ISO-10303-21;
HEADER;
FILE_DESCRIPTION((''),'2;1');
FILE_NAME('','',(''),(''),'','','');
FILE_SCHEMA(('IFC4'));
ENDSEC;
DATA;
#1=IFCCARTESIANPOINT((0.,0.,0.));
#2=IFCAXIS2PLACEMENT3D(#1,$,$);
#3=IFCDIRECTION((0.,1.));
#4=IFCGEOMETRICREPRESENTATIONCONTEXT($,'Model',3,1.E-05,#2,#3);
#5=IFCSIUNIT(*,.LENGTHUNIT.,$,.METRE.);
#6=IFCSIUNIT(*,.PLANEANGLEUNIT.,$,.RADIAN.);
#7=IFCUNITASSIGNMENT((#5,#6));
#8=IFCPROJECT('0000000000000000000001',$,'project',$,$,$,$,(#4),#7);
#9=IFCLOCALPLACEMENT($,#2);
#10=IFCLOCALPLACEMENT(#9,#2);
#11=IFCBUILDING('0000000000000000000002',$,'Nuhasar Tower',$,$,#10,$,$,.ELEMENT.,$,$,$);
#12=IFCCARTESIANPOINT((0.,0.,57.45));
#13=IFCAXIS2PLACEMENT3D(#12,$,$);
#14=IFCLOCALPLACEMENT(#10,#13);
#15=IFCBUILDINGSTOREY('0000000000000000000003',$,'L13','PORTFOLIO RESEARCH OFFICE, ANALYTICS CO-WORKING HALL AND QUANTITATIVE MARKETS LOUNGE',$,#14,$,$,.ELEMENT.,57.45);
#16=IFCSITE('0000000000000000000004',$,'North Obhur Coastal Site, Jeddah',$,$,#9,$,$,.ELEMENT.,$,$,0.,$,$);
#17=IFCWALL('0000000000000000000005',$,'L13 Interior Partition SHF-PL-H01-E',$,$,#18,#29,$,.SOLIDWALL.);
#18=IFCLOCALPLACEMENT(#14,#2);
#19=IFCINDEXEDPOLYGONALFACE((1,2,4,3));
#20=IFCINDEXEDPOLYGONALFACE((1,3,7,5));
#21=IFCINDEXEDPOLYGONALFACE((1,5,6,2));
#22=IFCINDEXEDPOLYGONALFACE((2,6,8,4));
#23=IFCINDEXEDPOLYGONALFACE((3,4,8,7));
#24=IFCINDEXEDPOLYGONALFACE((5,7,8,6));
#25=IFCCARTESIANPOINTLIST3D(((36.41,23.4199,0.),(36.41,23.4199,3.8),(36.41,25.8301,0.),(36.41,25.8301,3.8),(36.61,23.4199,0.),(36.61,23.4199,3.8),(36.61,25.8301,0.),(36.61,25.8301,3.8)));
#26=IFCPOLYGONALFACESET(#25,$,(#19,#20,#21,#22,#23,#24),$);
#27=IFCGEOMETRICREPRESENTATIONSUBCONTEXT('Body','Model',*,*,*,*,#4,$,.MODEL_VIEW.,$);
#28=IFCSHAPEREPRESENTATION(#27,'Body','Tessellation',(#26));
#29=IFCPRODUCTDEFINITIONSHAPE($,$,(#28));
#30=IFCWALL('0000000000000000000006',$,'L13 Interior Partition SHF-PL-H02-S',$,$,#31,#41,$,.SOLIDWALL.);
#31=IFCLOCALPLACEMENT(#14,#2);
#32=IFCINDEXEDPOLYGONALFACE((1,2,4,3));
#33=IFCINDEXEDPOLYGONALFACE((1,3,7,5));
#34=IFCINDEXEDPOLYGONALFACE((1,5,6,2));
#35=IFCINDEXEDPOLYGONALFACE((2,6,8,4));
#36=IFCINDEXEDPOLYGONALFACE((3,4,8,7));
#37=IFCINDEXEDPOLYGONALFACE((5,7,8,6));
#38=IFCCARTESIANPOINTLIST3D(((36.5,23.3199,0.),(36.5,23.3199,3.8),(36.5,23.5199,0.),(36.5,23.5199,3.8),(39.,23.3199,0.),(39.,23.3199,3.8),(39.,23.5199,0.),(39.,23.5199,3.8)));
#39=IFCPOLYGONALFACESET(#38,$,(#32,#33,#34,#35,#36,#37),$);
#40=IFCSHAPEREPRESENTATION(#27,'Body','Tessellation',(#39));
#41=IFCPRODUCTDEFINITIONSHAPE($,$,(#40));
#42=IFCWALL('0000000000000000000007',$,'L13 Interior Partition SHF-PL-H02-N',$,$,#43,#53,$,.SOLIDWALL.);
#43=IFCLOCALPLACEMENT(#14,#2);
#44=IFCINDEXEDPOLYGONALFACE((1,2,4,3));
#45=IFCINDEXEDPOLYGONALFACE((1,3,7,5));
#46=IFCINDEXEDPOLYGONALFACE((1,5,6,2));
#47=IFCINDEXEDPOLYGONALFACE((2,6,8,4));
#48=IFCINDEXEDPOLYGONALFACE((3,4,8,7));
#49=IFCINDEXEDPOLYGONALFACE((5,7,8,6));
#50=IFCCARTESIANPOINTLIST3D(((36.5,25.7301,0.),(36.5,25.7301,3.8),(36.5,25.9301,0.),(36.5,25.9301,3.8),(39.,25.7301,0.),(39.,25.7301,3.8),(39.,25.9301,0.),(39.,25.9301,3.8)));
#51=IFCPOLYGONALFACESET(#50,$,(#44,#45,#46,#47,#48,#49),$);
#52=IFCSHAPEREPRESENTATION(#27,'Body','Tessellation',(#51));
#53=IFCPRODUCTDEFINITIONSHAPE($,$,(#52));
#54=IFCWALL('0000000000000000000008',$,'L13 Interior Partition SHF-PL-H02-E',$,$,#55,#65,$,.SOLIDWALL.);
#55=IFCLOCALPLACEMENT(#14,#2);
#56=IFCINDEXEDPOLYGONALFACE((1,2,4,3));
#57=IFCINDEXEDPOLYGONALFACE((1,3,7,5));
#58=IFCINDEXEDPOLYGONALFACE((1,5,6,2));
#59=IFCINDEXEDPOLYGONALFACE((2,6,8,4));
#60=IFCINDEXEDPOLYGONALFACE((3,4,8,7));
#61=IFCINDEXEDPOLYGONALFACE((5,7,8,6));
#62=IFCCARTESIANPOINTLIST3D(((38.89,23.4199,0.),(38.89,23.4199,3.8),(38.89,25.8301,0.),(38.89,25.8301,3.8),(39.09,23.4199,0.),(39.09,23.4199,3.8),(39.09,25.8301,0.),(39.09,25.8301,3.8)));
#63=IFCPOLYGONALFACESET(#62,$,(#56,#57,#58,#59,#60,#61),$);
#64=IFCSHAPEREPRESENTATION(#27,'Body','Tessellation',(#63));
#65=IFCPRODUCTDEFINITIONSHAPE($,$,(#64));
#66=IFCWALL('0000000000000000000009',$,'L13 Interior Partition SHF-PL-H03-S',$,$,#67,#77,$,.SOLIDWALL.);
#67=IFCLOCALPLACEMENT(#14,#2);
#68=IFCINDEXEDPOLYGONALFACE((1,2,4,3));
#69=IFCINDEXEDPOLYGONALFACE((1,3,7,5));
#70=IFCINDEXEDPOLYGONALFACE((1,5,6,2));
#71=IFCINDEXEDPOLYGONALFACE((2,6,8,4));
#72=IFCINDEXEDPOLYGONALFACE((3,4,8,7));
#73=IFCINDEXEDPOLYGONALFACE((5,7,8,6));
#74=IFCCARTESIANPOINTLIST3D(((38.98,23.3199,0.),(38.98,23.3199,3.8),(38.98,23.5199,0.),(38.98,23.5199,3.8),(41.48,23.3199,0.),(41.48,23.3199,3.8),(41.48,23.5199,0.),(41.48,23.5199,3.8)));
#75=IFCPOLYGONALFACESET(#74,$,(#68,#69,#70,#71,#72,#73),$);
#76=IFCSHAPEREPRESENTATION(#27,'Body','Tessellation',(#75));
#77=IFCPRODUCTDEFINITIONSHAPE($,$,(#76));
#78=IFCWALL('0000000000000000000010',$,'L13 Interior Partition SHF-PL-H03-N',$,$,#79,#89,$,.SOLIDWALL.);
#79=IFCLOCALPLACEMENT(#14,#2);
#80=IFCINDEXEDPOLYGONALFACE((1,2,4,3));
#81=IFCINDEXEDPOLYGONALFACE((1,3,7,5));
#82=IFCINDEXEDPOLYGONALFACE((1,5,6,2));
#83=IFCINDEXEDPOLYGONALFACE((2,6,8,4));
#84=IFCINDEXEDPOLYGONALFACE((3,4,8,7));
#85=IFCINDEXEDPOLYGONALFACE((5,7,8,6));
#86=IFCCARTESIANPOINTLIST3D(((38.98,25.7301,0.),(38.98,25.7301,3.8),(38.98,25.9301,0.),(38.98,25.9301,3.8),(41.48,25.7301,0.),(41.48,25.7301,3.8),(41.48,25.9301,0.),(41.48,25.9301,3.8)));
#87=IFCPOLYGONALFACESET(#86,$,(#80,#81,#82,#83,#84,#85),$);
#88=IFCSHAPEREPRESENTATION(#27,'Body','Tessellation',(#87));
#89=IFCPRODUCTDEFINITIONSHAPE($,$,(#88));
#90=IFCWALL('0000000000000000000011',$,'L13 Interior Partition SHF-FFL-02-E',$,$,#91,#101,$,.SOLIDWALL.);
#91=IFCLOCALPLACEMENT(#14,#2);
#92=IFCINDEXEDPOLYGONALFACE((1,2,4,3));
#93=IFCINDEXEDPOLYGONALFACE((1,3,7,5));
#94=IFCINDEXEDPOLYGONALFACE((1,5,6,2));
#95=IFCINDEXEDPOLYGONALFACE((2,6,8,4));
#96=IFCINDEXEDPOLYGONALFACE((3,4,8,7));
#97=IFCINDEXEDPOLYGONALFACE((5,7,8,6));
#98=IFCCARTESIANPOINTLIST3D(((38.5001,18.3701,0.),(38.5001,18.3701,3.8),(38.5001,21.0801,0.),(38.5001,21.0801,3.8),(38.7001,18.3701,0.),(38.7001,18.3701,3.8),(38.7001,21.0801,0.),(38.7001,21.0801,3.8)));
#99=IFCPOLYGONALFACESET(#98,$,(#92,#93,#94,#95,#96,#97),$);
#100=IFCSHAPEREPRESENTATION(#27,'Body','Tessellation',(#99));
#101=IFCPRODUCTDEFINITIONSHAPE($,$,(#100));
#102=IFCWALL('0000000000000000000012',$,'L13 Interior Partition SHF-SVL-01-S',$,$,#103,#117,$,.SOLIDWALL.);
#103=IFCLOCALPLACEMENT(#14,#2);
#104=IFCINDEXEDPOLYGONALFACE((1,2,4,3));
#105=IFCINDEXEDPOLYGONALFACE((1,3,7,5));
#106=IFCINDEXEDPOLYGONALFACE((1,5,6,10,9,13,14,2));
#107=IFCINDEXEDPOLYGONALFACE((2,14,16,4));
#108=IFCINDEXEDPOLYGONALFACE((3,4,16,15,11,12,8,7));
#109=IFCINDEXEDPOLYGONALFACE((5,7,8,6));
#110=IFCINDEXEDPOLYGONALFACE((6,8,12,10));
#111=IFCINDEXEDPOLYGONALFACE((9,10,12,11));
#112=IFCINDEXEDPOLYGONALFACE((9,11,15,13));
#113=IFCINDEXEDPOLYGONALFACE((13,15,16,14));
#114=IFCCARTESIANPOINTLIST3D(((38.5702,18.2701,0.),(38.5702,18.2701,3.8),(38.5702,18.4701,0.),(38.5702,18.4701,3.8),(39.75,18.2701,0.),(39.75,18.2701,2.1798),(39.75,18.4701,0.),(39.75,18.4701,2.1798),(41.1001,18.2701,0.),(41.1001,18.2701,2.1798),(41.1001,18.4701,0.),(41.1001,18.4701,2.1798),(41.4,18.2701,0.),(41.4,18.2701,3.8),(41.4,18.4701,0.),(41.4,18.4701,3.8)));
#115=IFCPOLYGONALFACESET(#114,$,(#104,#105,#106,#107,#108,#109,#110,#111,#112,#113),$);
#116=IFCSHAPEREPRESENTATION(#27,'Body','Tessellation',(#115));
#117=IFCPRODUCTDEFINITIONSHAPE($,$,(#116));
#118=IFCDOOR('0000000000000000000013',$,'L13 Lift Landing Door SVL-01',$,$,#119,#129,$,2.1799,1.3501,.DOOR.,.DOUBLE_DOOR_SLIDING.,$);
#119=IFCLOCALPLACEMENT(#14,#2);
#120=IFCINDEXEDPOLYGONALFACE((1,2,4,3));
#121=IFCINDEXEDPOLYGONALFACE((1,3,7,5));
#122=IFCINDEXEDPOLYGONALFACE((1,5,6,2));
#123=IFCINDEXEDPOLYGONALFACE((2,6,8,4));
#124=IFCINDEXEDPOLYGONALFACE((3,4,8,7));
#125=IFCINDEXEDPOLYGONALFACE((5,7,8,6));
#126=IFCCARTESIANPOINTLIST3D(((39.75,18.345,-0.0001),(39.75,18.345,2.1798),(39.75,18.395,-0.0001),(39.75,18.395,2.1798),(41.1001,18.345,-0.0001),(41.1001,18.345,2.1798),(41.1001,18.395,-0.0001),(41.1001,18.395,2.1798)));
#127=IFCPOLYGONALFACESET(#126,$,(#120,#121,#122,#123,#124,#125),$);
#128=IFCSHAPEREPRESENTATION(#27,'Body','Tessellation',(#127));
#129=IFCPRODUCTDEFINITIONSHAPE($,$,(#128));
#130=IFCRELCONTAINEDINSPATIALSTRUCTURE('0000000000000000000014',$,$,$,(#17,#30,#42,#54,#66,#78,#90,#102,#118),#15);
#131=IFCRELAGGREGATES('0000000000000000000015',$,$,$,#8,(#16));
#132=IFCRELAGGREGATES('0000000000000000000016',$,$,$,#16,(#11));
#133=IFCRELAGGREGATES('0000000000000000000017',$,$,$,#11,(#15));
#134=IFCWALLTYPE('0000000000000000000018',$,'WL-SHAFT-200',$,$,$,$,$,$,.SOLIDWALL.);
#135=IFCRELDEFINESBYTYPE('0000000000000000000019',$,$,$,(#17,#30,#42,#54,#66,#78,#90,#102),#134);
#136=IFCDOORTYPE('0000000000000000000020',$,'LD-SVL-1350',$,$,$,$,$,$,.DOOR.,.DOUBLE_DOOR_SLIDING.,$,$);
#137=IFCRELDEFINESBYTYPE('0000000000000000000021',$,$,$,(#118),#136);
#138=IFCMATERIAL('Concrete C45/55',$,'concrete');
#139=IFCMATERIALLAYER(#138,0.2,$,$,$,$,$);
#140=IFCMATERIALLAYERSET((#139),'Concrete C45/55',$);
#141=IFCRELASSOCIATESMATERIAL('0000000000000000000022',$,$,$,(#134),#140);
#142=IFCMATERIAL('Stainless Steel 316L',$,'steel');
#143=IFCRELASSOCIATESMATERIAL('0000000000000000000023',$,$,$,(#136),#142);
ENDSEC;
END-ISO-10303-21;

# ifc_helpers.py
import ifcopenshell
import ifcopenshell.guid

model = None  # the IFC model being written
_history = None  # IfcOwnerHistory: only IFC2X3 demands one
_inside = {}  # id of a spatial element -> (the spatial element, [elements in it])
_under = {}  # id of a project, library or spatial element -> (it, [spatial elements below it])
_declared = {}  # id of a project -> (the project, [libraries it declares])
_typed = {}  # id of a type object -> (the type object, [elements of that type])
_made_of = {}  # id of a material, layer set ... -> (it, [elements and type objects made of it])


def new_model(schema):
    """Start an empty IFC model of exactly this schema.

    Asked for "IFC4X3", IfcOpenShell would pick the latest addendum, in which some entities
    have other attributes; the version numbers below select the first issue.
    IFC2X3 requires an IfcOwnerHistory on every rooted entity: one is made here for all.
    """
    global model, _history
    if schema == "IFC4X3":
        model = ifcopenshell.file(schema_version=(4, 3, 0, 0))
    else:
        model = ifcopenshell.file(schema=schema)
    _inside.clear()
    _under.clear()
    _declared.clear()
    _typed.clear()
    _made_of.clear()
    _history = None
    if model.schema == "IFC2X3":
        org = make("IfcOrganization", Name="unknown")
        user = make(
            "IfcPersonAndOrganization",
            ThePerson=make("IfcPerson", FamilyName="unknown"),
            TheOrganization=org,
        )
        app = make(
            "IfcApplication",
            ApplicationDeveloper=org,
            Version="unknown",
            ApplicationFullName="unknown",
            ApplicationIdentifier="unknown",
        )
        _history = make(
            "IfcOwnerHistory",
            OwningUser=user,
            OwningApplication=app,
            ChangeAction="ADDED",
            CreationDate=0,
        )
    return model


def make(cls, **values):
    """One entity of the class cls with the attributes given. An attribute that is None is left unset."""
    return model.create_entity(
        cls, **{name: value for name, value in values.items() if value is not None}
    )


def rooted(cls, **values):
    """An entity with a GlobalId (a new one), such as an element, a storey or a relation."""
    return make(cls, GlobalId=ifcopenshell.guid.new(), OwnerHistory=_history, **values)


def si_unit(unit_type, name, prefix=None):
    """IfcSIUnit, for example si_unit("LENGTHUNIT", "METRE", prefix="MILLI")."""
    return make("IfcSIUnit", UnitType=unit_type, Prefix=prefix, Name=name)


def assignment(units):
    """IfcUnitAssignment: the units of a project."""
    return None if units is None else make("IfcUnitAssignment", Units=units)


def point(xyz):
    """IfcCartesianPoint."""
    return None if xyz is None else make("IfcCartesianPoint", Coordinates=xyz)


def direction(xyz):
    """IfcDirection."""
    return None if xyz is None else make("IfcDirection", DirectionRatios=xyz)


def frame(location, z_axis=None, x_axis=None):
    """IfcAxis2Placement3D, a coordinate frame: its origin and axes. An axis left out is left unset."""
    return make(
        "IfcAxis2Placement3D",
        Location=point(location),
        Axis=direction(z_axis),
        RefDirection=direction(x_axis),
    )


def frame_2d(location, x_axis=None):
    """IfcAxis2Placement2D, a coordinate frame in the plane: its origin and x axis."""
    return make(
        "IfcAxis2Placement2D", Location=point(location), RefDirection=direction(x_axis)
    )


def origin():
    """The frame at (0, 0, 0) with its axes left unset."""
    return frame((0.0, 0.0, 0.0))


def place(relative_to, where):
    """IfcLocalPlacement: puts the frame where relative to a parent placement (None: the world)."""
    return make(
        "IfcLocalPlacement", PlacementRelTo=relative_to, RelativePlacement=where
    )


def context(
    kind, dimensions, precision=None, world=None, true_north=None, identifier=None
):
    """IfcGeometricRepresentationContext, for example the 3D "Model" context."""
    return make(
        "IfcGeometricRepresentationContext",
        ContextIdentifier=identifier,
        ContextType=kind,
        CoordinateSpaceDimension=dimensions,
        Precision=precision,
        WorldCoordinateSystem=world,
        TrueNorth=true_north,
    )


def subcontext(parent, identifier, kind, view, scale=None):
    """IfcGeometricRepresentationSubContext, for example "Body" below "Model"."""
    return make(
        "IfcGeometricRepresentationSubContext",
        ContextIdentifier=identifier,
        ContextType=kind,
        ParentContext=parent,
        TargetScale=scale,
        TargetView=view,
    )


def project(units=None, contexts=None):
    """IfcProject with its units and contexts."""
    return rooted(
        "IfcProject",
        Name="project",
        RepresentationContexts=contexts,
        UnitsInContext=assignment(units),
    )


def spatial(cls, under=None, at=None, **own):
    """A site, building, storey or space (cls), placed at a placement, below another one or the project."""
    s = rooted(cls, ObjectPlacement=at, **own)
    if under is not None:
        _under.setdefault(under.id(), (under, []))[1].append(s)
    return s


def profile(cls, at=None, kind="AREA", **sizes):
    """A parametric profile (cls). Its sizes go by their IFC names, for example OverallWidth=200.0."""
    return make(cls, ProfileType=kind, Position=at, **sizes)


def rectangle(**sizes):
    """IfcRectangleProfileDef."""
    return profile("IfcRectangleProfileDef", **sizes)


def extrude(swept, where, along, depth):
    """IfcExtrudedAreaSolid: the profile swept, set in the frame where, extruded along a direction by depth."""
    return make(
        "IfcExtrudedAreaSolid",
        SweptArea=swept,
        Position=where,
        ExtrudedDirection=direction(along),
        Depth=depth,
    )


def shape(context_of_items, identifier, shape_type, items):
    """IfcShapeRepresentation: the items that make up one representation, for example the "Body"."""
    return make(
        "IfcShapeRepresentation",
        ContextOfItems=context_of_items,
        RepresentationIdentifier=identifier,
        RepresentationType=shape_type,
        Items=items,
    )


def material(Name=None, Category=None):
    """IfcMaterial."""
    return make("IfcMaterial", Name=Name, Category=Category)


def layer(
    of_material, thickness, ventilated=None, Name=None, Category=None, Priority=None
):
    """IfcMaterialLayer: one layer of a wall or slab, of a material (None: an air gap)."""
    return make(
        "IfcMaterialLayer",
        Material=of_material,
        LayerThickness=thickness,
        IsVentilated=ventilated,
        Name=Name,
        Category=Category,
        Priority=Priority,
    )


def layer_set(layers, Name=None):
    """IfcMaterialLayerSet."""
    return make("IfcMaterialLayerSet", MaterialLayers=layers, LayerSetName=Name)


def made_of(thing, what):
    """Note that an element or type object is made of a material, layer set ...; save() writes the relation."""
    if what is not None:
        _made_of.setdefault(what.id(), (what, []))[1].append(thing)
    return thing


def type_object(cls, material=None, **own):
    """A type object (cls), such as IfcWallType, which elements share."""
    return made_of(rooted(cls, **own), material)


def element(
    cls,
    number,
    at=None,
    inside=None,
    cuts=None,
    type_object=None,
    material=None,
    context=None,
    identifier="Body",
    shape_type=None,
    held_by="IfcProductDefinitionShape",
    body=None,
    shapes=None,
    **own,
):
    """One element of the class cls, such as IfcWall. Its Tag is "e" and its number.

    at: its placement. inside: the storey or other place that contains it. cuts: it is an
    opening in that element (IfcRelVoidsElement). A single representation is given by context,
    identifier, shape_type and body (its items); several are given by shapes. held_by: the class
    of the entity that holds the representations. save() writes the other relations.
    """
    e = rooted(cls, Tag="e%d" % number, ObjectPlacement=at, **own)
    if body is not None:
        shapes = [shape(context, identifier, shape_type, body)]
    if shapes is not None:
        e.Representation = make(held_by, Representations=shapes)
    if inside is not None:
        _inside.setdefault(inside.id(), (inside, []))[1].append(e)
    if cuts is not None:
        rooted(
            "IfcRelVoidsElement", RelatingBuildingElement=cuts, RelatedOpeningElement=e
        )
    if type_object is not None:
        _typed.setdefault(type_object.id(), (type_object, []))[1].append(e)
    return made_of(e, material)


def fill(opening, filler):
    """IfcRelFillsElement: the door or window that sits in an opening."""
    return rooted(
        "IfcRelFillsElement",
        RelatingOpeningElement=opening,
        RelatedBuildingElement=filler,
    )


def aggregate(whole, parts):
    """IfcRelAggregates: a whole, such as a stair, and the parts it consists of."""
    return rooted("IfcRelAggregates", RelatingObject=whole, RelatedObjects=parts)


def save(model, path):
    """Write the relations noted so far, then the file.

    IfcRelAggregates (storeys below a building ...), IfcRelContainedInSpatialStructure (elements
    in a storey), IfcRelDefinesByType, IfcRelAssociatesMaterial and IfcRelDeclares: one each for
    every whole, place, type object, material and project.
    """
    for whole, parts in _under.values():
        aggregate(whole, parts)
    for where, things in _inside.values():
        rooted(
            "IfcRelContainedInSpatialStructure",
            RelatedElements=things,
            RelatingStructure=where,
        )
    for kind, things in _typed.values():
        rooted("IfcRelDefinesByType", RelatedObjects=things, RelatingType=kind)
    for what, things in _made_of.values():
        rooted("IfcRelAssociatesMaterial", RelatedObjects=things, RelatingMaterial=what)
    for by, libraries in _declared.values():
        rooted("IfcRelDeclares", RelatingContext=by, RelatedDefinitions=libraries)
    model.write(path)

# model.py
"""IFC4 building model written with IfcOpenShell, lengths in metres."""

from ifc_helpers import new_model, si_unit, direction, frame, frame_2d, origin, place, context, subcontext, project, spatial, rectangle, extrude, material, layer, layer_set, type_object, element, fill, save


model = new_model("IFC4")

# Units and contexts
model_context = context("Model", 3, precision=1e-05, world=origin(), true_north=direction((0.0, 1.0)))
body_context = subcontext(model_context, "Body", "Model", "MODEL_VIEW")
ifc_project = project(units=[si_unit("LENGTHUNIT", "METRE"), si_unit("PLANEANGLEUNIT", "RADIAN")], contexts=[model_context])

# Site, building, storey
site_placement = place(None, origin())
site = spatial("IfcSite", under=ifc_project, at=site_placement, Name="North Obhur Coastal Site, Jeddah", CompositionType="ELEMENT", RefElevation=0.0)
building_placement = place(site_placement, origin())
building = spatial("IfcBuilding", under=site, at=building_placement, Name="Nuhasar Tower", CompositionType="ELEMENT")
storey_placement = place(building_placement, frame((0.0, 0.0, 57.45)))
storey = spatial("IfcBuildingStorey", under=building, at=storey_placement, Name="L13", Description="PORTFOLIO RESEARCH OFFICE, ANALYTICS CO-WORKING HALL AND QUANTITATIVE MARKETS LOUNGE", CompositionType="ELEMENT", Elevation=57.45)

# Shared definitions
ifc_material_1 = material(Name="Concrete C45/55", Category="concrete")
ifc_layer_1 = layer(ifc_material_1, 0.2)
ifc_layer_set_1 = layer_set([ifc_layer_1], Name="Concrete C45/55")
wall_type_1 = type_object("IfcWallType", Name="WL-SHAFT-200", PredefinedType="SOLIDWALL", material=ifc_layer_set_1)
ifc_material_2 = material(Name="Stainless Steel 316L", Category="steel")

# Walls
for number, where, z_axis, x_axis, name in (
    (1, (36.51, 23.4199, 0.0), (0.0, 0.0, 1.0), (0.0, 1.0, 0.0), "L13 Interior Partition SHF-PL-H01-E"),
):
    element("IfcWall", number, at=place(storey_placement, frame(where, z_axis=z_axis, x_axis=x_axis)), inside=storey, type_object=wall_type_1, Name=name, PredefinedType="SOLIDWALL", context=body_context, shape_type="SweptSolid", body=[
        extrude(rectangle(XDim=2.4102, YDim=0.2, at=frame_2d((1.2051, 0.0))), origin(), (0.0, 0.0, 1.0), 3.8),
    ])
for number, where, z_axis, x_axis, name in (
    (2, (36.5, 23.4199, 0.0), (0.0, 0.0, 1.0), (1.0, 0.0, 0.0), "L13 Interior Partition SHF-PL-H02-S"),
    (3, (36.5, 25.8301, 0.0), (0.0, 0.0, 1.0), (1.0, 0.0, 0.0), "L13 Interior Partition SHF-PL-H02-N"),
):
    element("IfcWall", number, at=place(storey_placement, frame(where, z_axis=z_axis, x_axis=x_axis)), inside=storey, type_object=wall_type_1, Name=name, PredefinedType="SOLIDWALL", context=body_context, shape_type="SweptSolid", body=[
        extrude(rectangle(XDim=2.5, YDim=0.2, at=frame_2d((1.25, 0.0))), origin(), (0.0, 0.0, 1.0), 3.8),
    ])
wall_1_placement = place(storey_placement, frame((38.99, 23.4199, 0.0), z_axis=(0.0, 0.0, 1.0), x_axis=(0.0, 1.0, 0.0)))
element("IfcWall", 4, at=wall_1_placement, inside=storey, type_object=wall_type_1, Name="L13 Interior Partition SHF-PL-H02-E", PredefinedType="SOLIDWALL", context=body_context, shape_type="SweptSolid", body=[
    extrude(rectangle(XDim=2.4102, YDim=0.2, at=frame_2d((1.2051, 0.0))), origin(), (0.0, 0.0, 1.0), 3.8),
])
for number, where, z_axis, x_axis, name in (
    (5, (38.98, 23.4199, 0.0), (0.0, 0.0, 1.0), (1.0, 0.0, 0.0), "L13 Interior Partition SHF-PL-H03-S"),
    (6, (38.98, 25.8301, 0.0), (0.0, 0.0, 1.0), (1.0, 0.0, 0.0), "L13 Interior Partition SHF-PL-H03-N"),
):
    element("IfcWall", number, at=place(storey_placement, frame(where, z_axis=z_axis, x_axis=x_axis)), inside=storey, type_object=wall_type_1, Name=name, PredefinedType="SOLIDWALL", context=body_context, shape_type="SweptSolid", body=[
        extrude(rectangle(XDim=2.5, YDim=0.2, at=frame_2d((1.25, 0.0))), origin(), (0.0, 0.0, 1.0), 3.8),
    ])
wall_2_placement = place(storey_placement, frame((38.6001, 18.3701, 0.0), z_axis=(0.0, 0.0, 1.0), x_axis=(0.0, 1.0, 0.0)))
element("IfcWall", 7, at=wall_2_placement, inside=storey, type_object=wall_type_1, Name="L13 Interior Partition SHF-FFL-02-E", PredefinedType="SOLIDWALL", context=body_context, shape_type="SweptSolid", body=[
    extrude(rectangle(XDim=2.71, YDim=0.2, at=frame_2d((1.355, 0.0))), origin(), (0.0, 0.0, 1.0), 3.8),
])

# Wall, opening, door
wall_3_placement = place(storey_placement, frame((38.5701, 18.3701, 0.0), z_axis=(0.0, 0.0, 1.0), x_axis=(1.0, 0.0, 0.0)))
wall_3 = element("IfcWall", 8, at=wall_3_placement, inside=storey, type_object=wall_type_1, Name="L13 Interior Partition SHF-SVL-01-S", PredefinedType="SOLIDWALL", context=body_context, shape_type="SweptSolid", body=[
    extrude(rectangle(XDim=2.8298, YDim=0.2, at=frame_2d((1.415, 0.0))), origin(), (0.0, 0.0, 1.0), 3.8),
])
opening_1_placement = place(wall_3_placement, frame((1.1799, 0.0, 0.0)))
opening_1 = element("IfcOpeningElement", 9, at=opening_1_placement, cuts=wall_3, PredefinedType="OPENING", context=body_context, shape_type="SweptSolid", body=[
    extrude(rectangle(XDim=1.3501, YDim=2.1799, at=frame_2d((0.675, 1.0898))), frame((0.0, 0.1099, 0.0), z_axis=(0.0, -1.0, 0.0), x_axis=(1.0, 0.0, 0.0)), (0.0, 0.0, 1.0), 0.22),
])
door_type_1 = type_object("IfcDoorType", Name="LD-SVL-1350", OperationType="DOUBLE_DOOR_SLIDING", PredefinedType="DOOR", material=ifc_material_2)
door_1_placement = place(opening_1_placement, origin())
door_1 = element("IfcDoor", 10, at=door_1_placement, inside=storey, type_object=door_type_1, Name="L13 Lift Landing Door SVL-01", OperationType="DOUBLE_DOOR_SLIDING", OverallHeight=2.1799, OverallWidth=1.3501, PredefinedType="DOOR", context=body_context, shape_type="SweptSolid", body=[
    extrude(rectangle(XDim=1.3501, YDim=2.1799, at=frame_2d((0.675, 1.0898))), frame((0.0, 0.0249, 0.0), z_axis=(0.0, -1.0, 0.0), x_axis=(1.0, 0.0, 0.0)), (0.0, 0.0, 1.0), 0.05),
])
fill(opening_1, door_1)

save(model, "model.ifc")
